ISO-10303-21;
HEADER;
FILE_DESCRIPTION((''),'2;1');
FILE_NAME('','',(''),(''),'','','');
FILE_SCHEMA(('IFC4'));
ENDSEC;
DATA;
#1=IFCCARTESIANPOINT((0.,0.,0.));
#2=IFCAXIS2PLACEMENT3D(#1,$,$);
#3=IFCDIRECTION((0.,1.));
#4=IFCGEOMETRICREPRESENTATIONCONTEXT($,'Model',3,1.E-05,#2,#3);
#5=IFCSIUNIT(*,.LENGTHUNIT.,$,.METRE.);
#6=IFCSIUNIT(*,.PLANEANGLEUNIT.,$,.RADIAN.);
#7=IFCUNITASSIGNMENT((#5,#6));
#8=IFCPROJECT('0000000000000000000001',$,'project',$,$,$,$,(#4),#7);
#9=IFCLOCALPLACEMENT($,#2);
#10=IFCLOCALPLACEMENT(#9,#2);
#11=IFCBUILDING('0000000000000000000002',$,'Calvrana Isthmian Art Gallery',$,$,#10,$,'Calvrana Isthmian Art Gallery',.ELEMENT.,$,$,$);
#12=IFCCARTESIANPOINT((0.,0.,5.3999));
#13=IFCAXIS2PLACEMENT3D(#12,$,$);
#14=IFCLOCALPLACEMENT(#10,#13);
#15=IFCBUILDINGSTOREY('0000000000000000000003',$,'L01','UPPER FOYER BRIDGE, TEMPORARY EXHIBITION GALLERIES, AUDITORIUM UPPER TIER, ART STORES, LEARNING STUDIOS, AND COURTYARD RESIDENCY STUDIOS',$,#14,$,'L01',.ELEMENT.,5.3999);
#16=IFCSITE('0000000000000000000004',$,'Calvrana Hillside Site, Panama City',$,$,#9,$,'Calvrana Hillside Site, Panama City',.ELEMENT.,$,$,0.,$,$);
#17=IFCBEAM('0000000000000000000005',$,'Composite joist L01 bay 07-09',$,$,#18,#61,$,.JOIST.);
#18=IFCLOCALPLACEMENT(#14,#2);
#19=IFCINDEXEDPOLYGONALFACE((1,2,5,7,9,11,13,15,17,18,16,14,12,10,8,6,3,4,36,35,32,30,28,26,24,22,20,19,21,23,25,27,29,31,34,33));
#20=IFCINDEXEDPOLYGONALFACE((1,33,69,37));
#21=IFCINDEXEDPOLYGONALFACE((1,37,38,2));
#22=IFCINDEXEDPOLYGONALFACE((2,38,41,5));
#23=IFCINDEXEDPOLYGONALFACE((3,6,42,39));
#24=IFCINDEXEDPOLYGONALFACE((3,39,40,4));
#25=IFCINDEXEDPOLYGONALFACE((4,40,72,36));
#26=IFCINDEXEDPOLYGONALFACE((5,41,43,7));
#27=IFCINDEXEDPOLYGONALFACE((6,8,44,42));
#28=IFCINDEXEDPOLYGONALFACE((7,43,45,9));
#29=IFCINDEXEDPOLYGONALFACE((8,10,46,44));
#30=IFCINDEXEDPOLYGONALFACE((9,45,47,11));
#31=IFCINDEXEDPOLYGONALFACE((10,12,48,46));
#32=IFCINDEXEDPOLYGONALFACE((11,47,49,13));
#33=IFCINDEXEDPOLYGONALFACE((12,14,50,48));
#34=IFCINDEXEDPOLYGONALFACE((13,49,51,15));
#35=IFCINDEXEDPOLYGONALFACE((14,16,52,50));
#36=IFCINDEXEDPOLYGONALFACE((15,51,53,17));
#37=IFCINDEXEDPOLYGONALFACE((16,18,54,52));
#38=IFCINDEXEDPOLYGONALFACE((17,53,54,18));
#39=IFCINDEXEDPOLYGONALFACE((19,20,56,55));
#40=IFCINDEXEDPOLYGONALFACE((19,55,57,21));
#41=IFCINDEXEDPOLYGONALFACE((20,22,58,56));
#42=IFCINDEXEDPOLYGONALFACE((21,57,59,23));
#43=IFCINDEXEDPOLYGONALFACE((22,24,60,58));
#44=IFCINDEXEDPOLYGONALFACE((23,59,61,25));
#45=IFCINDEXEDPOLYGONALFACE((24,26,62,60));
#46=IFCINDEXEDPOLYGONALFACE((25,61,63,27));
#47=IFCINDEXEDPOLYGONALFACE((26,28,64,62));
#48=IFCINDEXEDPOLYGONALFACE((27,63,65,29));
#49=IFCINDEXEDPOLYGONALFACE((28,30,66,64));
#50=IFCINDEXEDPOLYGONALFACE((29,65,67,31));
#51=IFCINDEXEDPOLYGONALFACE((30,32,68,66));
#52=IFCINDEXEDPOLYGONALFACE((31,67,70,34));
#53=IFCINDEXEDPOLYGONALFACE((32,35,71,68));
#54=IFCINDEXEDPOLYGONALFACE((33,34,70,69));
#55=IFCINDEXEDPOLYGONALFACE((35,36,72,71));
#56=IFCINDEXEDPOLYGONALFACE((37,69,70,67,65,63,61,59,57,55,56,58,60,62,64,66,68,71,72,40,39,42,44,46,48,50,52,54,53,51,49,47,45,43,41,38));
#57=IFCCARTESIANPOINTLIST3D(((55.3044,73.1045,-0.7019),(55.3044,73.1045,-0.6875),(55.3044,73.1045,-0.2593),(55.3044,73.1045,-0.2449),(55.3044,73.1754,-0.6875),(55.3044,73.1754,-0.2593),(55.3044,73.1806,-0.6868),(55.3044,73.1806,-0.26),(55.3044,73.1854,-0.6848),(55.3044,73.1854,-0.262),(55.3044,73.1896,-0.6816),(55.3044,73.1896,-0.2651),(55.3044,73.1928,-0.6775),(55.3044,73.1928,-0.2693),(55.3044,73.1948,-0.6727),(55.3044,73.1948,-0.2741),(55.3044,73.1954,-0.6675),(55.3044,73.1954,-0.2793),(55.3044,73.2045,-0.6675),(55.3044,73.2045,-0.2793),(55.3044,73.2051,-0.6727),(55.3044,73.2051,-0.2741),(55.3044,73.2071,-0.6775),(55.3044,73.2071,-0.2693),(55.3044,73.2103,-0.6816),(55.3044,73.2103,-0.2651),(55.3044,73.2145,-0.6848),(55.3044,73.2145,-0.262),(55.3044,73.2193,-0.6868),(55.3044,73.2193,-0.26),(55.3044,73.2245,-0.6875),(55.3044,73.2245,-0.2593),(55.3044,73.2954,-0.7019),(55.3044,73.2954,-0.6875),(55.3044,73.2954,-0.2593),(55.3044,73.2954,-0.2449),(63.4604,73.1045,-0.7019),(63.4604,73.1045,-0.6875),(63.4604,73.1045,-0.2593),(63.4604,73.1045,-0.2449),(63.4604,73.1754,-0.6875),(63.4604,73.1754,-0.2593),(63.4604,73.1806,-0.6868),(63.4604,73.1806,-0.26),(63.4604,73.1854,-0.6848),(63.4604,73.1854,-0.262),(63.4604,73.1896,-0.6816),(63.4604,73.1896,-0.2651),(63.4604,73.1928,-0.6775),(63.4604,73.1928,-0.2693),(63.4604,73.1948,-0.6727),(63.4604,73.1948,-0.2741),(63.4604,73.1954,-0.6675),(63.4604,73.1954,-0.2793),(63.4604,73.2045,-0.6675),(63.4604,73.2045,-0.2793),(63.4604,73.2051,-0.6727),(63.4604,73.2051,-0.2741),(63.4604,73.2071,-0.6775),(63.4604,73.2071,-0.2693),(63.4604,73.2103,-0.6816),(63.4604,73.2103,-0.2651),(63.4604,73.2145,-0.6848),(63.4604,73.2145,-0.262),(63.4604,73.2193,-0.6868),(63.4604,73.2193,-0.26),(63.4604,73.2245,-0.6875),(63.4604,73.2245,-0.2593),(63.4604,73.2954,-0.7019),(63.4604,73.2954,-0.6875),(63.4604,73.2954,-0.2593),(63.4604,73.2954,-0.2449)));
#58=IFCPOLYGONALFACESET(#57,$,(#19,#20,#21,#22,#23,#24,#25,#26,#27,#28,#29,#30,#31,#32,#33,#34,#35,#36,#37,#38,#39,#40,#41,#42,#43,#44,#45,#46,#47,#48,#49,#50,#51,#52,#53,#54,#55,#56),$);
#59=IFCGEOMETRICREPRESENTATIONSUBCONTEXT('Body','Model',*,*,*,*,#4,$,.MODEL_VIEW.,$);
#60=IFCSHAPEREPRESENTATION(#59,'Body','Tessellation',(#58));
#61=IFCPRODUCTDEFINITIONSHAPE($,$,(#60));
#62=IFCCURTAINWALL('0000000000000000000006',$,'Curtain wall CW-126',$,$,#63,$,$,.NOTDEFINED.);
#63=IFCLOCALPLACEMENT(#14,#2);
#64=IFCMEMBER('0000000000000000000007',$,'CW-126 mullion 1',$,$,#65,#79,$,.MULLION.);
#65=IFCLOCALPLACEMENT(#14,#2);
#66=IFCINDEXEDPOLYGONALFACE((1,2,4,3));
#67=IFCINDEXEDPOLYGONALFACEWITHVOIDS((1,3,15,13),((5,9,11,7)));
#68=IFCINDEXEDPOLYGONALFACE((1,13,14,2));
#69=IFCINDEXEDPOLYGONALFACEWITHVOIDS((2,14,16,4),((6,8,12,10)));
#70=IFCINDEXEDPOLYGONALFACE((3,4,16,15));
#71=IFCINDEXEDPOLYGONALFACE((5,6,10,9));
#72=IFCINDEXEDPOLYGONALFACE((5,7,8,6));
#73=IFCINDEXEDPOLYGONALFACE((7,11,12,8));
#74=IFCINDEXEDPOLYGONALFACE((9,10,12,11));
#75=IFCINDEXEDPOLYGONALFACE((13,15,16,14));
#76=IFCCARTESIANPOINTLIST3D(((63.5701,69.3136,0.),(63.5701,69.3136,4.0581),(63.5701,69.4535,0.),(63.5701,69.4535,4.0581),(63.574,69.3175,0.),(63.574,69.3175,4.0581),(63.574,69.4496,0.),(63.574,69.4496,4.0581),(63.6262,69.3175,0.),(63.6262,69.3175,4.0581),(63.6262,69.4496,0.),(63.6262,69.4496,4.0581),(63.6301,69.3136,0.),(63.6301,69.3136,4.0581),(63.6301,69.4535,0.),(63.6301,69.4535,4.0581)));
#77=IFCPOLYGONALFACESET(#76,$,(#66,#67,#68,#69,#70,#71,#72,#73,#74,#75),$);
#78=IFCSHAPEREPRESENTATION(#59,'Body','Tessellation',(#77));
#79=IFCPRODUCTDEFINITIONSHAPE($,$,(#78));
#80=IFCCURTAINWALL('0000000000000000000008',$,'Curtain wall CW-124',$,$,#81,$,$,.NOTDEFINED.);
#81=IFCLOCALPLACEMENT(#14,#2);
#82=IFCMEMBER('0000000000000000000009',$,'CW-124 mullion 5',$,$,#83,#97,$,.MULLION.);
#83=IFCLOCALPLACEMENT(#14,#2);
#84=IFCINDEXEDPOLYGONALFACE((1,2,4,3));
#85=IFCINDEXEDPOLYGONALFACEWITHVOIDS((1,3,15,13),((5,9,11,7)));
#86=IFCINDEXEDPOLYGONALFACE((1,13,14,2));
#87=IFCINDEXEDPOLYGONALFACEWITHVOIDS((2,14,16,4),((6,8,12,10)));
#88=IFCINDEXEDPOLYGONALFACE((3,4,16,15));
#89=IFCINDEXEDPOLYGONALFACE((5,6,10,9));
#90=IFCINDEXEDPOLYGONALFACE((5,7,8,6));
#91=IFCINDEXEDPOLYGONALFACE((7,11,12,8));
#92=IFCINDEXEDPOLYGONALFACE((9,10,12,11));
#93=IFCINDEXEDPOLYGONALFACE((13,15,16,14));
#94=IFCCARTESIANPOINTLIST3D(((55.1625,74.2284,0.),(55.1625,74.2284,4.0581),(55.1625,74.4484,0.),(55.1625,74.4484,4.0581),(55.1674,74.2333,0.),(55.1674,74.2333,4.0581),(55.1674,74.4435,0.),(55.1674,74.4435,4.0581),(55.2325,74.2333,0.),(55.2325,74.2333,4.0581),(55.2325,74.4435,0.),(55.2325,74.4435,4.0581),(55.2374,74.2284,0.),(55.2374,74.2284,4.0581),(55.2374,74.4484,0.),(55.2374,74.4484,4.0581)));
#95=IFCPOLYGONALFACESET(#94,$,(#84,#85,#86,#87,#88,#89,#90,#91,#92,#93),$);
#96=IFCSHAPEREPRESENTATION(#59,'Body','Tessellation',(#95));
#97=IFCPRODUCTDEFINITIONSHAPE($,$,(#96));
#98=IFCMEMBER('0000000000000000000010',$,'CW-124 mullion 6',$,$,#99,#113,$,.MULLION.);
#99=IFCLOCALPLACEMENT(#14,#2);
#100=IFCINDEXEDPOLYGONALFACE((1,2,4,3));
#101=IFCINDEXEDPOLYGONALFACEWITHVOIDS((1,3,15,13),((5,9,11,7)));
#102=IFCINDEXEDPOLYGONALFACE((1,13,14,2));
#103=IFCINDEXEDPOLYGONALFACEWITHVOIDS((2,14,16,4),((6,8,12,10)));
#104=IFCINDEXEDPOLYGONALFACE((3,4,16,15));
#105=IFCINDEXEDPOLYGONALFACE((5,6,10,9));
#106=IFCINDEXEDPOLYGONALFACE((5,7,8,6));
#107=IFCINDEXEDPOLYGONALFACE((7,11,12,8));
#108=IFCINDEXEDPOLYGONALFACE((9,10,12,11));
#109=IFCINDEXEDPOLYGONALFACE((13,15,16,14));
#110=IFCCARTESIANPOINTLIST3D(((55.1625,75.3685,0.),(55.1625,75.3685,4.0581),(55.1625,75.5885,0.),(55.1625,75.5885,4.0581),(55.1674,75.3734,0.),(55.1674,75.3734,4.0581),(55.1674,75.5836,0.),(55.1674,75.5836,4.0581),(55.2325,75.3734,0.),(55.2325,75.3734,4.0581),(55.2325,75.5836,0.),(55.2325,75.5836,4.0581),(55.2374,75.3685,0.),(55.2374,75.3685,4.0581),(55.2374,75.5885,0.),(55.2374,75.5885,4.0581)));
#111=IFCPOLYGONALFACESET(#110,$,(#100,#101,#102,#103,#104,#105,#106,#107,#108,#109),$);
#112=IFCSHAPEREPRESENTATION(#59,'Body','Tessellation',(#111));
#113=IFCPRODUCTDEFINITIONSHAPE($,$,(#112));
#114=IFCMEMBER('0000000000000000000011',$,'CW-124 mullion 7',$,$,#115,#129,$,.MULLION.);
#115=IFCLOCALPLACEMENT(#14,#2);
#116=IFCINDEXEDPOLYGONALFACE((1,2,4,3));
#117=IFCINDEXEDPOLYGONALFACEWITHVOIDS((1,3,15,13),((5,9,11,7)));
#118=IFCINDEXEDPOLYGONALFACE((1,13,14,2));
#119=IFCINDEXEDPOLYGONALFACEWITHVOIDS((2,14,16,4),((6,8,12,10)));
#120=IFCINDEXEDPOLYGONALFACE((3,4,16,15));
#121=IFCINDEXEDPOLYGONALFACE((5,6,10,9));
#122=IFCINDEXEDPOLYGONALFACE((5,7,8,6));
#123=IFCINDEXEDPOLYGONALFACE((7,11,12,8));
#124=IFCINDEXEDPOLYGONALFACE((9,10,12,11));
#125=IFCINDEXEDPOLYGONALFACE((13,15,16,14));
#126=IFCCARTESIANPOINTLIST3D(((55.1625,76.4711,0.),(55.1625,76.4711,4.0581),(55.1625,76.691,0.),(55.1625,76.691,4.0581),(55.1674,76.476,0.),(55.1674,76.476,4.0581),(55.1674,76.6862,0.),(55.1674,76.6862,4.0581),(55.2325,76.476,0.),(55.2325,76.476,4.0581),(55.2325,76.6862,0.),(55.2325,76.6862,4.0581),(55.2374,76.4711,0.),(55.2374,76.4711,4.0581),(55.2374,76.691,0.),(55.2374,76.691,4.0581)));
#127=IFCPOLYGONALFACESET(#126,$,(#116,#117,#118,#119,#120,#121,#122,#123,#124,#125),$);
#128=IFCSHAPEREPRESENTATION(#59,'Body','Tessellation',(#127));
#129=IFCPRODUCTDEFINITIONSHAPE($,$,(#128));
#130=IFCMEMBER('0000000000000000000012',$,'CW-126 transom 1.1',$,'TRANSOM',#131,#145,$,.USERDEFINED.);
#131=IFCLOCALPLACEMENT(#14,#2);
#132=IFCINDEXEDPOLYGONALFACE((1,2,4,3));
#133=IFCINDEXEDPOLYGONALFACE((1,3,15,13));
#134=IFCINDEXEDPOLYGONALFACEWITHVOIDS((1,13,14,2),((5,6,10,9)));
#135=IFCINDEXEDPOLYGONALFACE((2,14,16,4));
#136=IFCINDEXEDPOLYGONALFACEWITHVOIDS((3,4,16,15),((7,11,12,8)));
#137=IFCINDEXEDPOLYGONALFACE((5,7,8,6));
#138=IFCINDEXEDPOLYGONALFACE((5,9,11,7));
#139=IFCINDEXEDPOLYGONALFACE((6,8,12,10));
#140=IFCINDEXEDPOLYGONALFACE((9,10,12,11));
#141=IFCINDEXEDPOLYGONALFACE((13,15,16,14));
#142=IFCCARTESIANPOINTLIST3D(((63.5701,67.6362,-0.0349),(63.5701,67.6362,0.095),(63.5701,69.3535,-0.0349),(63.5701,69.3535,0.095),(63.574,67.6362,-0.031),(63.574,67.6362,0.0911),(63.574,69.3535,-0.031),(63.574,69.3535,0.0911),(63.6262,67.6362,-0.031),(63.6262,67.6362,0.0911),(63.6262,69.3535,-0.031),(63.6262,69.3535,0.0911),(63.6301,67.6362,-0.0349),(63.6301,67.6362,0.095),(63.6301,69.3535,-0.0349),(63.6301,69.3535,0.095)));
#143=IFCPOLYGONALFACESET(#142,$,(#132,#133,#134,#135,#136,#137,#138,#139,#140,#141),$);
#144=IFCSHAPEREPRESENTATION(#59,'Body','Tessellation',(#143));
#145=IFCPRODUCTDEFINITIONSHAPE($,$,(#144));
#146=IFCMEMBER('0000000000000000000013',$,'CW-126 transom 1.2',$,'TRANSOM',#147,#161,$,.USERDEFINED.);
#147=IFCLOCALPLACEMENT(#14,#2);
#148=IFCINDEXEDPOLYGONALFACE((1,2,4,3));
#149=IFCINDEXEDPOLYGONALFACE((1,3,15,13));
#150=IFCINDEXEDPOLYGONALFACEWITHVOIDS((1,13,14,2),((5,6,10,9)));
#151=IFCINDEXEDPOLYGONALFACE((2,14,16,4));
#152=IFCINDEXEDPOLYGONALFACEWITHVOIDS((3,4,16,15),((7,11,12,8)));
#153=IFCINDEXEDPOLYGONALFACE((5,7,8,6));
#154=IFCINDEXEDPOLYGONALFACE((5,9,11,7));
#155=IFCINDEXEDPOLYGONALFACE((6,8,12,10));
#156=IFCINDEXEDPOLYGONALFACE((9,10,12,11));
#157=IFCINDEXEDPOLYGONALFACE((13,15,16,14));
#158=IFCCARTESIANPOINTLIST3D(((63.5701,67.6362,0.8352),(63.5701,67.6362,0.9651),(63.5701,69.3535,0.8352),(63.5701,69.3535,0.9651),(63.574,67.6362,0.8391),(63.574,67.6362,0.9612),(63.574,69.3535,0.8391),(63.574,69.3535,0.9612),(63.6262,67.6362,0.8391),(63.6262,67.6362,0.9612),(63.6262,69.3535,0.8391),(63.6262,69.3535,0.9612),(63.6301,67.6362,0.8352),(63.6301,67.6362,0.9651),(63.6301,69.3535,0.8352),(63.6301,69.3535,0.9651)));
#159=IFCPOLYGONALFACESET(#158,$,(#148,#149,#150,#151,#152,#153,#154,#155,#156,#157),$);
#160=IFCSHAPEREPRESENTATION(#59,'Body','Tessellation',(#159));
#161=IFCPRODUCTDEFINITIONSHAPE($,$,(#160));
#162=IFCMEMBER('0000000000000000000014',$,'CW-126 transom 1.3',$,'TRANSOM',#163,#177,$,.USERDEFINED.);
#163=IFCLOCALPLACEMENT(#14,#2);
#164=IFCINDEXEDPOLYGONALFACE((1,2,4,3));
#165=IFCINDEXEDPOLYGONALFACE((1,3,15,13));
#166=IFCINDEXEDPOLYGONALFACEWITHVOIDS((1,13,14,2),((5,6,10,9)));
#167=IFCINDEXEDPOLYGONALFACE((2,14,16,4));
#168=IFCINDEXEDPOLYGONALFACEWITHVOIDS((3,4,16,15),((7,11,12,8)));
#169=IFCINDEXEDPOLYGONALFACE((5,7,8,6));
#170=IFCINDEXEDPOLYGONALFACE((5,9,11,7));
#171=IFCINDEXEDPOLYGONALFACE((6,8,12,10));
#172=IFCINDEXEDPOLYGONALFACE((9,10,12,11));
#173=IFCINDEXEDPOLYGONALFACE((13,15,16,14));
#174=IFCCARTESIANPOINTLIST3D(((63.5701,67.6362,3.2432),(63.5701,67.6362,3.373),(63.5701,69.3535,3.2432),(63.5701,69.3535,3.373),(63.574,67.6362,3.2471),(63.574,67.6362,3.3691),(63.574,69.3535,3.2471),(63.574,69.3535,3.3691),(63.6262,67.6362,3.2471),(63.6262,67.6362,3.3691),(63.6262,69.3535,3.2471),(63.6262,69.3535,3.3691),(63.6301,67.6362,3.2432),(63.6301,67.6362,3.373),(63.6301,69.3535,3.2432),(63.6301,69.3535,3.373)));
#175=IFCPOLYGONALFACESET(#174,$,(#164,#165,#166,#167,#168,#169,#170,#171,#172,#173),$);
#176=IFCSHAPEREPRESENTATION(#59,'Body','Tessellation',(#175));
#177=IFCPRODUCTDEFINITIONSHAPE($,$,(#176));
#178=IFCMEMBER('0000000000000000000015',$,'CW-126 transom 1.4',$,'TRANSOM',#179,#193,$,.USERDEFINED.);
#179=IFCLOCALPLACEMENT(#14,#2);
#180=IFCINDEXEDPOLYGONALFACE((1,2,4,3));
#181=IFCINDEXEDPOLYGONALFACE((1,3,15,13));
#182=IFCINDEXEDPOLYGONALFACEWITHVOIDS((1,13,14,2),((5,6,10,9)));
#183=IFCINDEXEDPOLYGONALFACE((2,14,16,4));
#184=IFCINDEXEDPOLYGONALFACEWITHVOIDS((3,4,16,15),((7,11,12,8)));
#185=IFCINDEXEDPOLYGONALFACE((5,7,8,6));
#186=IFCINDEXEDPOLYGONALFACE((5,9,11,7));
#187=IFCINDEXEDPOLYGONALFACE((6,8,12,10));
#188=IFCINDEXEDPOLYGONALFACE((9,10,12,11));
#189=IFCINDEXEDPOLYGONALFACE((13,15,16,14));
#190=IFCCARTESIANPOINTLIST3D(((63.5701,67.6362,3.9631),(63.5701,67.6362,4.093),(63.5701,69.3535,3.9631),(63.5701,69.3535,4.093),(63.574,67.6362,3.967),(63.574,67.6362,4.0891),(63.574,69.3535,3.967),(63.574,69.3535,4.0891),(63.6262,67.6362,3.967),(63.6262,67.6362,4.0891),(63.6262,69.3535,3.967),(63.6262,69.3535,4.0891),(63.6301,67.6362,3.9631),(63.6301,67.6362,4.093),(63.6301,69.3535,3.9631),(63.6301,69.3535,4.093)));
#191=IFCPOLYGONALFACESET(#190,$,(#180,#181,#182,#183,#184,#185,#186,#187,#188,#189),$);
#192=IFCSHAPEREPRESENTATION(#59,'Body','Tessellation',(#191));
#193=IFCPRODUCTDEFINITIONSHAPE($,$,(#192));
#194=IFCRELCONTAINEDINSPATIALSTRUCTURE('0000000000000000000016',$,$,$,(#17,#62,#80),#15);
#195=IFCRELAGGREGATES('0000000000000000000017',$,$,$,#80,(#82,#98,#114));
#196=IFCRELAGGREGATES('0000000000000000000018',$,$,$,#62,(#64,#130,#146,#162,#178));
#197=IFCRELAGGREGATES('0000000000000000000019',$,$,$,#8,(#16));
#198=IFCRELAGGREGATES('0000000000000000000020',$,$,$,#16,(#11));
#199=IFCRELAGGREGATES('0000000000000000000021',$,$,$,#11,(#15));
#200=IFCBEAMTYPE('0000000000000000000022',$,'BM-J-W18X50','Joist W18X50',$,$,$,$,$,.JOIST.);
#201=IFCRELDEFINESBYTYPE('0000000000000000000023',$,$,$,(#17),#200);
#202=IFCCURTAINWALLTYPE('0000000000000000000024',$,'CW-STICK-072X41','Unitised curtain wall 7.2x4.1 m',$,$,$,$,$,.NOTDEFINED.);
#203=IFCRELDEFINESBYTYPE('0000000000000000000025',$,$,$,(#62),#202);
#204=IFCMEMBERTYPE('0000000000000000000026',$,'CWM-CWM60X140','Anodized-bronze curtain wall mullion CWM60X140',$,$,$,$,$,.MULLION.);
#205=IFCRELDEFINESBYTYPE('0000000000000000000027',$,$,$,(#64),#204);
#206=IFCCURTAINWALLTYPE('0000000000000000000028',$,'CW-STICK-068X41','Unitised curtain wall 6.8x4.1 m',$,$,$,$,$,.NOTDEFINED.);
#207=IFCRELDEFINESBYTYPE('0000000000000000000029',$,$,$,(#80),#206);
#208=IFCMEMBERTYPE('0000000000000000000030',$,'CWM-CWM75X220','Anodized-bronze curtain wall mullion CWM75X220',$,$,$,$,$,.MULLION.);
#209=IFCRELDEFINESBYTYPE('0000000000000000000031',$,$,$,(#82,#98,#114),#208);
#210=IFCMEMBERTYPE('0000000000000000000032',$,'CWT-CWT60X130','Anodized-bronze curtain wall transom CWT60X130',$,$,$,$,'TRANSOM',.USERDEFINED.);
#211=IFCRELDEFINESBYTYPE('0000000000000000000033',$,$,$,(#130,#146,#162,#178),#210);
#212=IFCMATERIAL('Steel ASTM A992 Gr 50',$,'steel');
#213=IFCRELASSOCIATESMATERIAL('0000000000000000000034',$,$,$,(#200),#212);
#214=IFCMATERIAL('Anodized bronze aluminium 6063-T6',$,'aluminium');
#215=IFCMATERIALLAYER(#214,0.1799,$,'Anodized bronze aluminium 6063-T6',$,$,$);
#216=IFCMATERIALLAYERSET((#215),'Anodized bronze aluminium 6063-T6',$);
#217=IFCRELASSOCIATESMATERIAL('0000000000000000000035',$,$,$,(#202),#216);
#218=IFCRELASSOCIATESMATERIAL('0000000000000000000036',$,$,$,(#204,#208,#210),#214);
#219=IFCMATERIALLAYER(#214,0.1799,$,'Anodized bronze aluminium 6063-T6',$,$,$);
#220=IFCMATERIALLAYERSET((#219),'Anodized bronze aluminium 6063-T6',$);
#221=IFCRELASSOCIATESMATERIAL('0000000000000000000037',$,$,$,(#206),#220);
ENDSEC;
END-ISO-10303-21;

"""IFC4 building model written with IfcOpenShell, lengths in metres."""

from ifc_helpers import new_model, si_unit, direction, frame, origin, origin_2d, place, context, subcontext, project, spatial, hollow_rectangle, i_section, extrude, material, layer, layer_set, material_profile, profile_set, type_object, element, aggregate, save


model = new_model("IFC4")

# Units and contexts
model_context = context("Model", 3, precision=1e-05, world=origin(), true_north=direction((0.0, 1.0)))
body_context = subcontext(model_context, "Body", "Model", "MODEL_VIEW")
ifc_project = project(units=[si_unit("LENGTHUNIT", "METRE"), si_unit("PLANEANGLEUNIT", "RADIAN")], contexts=[model_context])

# Site, building, storey
site_placement = place(None, origin())
site = spatial("IfcSite", under=ifc_project, at=site_placement, Name="Calvrana Hillside Site, Panama City", LongName="Calvrana Hillside Site, Panama City", CompositionType="ELEMENT", RefElevation=0.0)
building_placement = place(site_placement, origin())
building = spatial("IfcBuilding", under=site, at=building_placement, Name="Calvrana Isthmian Art Gallery", LongName="Calvrana Isthmian Art Gallery", CompositionType="ELEMENT")
storey_placement = place(building_placement, frame((0.0, 0.0, 5.3999)))
storey = spatial("IfcBuildingStorey", under=building, at=storey_placement, Name="L01", Description="UPPER FOYER BRIDGE, TEMPORARY EXHIBITION GALLERIES, AUDITORIUM UPPER TIER, ART STORES, LEARNING STUDIOS, AND COURTYARD RESIDENCY STUDIOS", LongName="L01", CompositionType="ELEMENT", Elevation=5.3999)

# Shared definitions
ifc_material_1 = material(Name="Steel ASTM A992 Gr 50", Category="steel")

# Beam
ifc_material_profile_1 = material_profile(ifc_material_1, i_section(OverallWidth=0.1909, OverallDepth=0.457, WebThickness=0.009, FlangeThickness=0.0144, FilletRadius=0.02, at=origin_2d()), Name="W18X50")
ifc_profile_set_1 = profile_set([ifc_material_profile_1], Name="Steel ASTM A992 Gr 50")
beam_type_1 = type_object("IfcBeamType", Name="BM-J-W18X50", Description="Joist W18X50", PredefinedType="JOIST", material=ifc_profile_set_1)
beam_1_placement = place(storey_placement, frame((55.3044, 73.2, -0.4734), z_axis=(1.0, 0.0, 0.0), x_axis=(0.0, 1.0, 0.0)))
element("IfcBeam", 1, at=beam_1_placement, inside=storey, type_object=beam_type_1, Name="Composite joist L01 bay 07-09", PredefinedType="JOIST", context=body_context, shape_type="SweptSolid", body=[
    extrude(i_section(OverallWidth=0.1909, OverallDepth=0.457, WebThickness=0.009, FlangeThickness=0.0144, FilletRadius=0.02, at=origin_2d()), origin(), (0.0, 0.0, 1.0), 8.156),
])

# Curtain wall, member
ifc_material_2 = material(Name="Anodized bronze aluminium 6063-T6", Category="aluminium")
ifc_layer_1 = layer(ifc_material_2, 0.1799, Name="Anodized bronze aluminium 6063-T6")
ifc_layer_set_1 = layer_set([ifc_layer_1], Name="Anodized bronze aluminium 6063-T6")
curtain_wall_type_1 = type_object("IfcCurtainWallType", Name="CW-STICK-072X41", Description="Unitised curtain wall 7.2x4.1 m", PredefinedType="NOTDEFINED", material=ifc_layer_set_1)
curtain_wall_1_placement = place(storey_placement, origin())
curtain_wall_1 = element("IfcCurtainWall", 2, at=curtain_wall_1_placement, inside=storey, type_object=curtain_wall_type_1, Name="Curtain wall CW-126", PredefinedType="NOTDEFINED")
ifc_material_profile_2 = material_profile(ifc_material_2, hollow_rectangle(XDim=0.0601, YDim=0.1399, WallThickness=0.0039, at=origin_2d()), Name="CWM60X140")
ifc_profile_set_2 = profile_set([ifc_material_profile_2], Name="Anodized bronze aluminium 6063-T6")
member_type_1 = type_object("IfcMemberType", Name="CWM-CWM60X140", Description="Anodized-bronze curtain wall mullion CWM60X140", PredefinedType="MULLION", material=ifc_profile_set_2)
member_1_placement = place(storey_placement, frame((63.6001, 69.3835, 0.0), z_axis=(0.0, 0.0, 1.0), x_axis=(1.0, 0.0, 0.0)))
member_1 = element("IfcMember", 3, at=member_1_placement, type_object=member_type_1, Name="CW-126 mullion 1", PredefinedType="MULLION", context=body_context, shape_type="SweptSolid", body=[
    extrude(hollow_rectangle(XDim=0.0601, YDim=0.1399, WallThickness=0.0039, at=origin_2d()), origin(), (0.0, 0.0, 1.0), 4.0581),
])

# Curtain wall, members
ifc_layer_2 = layer(ifc_material_2, 0.1799, Name="Anodized bronze aluminium 6063-T6")
ifc_layer_set_2 = layer_set([ifc_layer_2], Name="Anodized bronze aluminium 6063-T6")
curtain_wall_type_2 = type_object("IfcCurtainWallType", Name="CW-STICK-068X41", Description="Unitised curtain wall 6.8x4.1 m", PredefinedType="NOTDEFINED", material=ifc_layer_set_2)
curtain_wall_2_placement = place(storey_placement, origin())
curtain_wall_2 = element("IfcCurtainWall", 4, at=curtain_wall_2_placement, inside=storey, type_object=curtain_wall_type_2, Name="Curtain wall CW-124", PredefinedType="NOTDEFINED")
ifc_material_profile_3 = material_profile(ifc_material_2, hollow_rectangle(XDim=0.075, YDim=0.22, WallThickness=0.0049, at=origin_2d()), Name="CWM75X220")
ifc_profile_set_3 = profile_set([ifc_material_profile_3], Name="Anodized bronze aluminium 6063-T6")
member_type_2 = type_object("IfcMemberType", Name="CWM-CWM75X220", Description="Anodized-bronze curtain wall mullion CWM75X220", PredefinedType="MULLION", material=ifc_profile_set_3)
member_2_placement = place(storey_placement, frame((55.2, 74.3384, 0.0), z_axis=(0.0, 0.0, 1.0), x_axis=(-1.0, 0.0, 0.0)))
member_2 = element("IfcMember", 5, at=member_2_placement, type_object=member_type_2, Name="CW-124 mullion 5", PredefinedType="MULLION", context=body_context, shape_type="SweptSolid", body=[
    extrude(hollow_rectangle(XDim=0.075, YDim=0.22, WallThickness=0.0049, at=origin_2d()), origin(), (0.0, 0.0, 1.0), 4.0581),
])
member_3_placement = place(storey_placement, frame((55.2, 75.4785, 0.0), z_axis=(0.0, 0.0, 1.0), x_axis=(-1.0, 0.0, 0.0)))
member_3 = element("IfcMember", 6, at=member_3_placement, type_object=member_type_2, Name="CW-124 mullion 6", PredefinedType="MULLION", context=body_context, shape_type="SweptSolid", body=[
    extrude(hollow_rectangle(XDim=0.075, YDim=0.22, WallThickness=0.0049, at=origin_2d()), origin(), (0.0, 0.0, 1.0), 4.0581),
])
member_4_placement = place(storey_placement, frame((55.2, 76.5811, 0.0), z_axis=(0.0, 0.0, 1.0), x_axis=(-1.0, 0.0, 0.0)))
member_4 = element("IfcMember", 7, at=member_4_placement, type_object=member_type_2, Name="CW-124 mullion 7", PredefinedType="MULLION", context=body_context, shape_type="SweptSolid", body=[
    extrude(hollow_rectangle(XDim=0.075, YDim=0.22, WallThickness=0.0049, at=origin_2d()), origin(), (0.0, 0.0, 1.0), 4.0581),
])

# Members
ifc_material_profile_4 = material_profile(ifc_material_2, hollow_rectangle(XDim=0.0601, YDim=0.1299, WallThickness=0.0039, at=origin_2d()), Name="CWT60X130")
ifc_profile_set_4 = profile_set([ifc_material_profile_4], Name="Anodized bronze aluminium 6063-T6")
member_type_3 = type_object("IfcMemberType", Name="CWT-CWT60X130", Description="Anodized-bronze curtain wall transom CWT60X130", ElementType="TRANSOM", PredefinedType="USERDEFINED", material=ifc_profile_set_4)
member_5_placement = place(storey_placement, frame((63.6001, 69.3535, 0.03), z_axis=(0.0, -1.0, 0.0), x_axis=(1.0, 0.0, 0.0)))
member_5 = element("IfcMember", 8, at=member_5_placement, type_object=member_type_3, Name="CW-126 transom 1.1", ObjectType="TRANSOM", PredefinedType="USERDEFINED", context=body_context, shape_type="SweptSolid", body=[
    extrude(hollow_rectangle(XDim=0.0601, YDim=0.1299, WallThickness=0.0039, at=origin_2d()), origin(), (0.0, 0.0, 1.0), 1.7173),
])
member_6_placement = place(storey_placement, frame((63.6001, 69.3535, 0.9001), z_axis=(0.0, -1.0, 0.0), x_axis=(1.0, 0.0, 0.0)))
member_6 = element("IfcMember", 9, at=member_6_placement, type_object=member_type_3, Name="CW-126 transom 1.2", ObjectType="TRANSOM", PredefinedType="USERDEFINED", context=body_context, shape_type="SweptSolid", body=[
    extrude(hollow_rectangle(XDim=0.0601, YDim=0.1299, WallThickness=0.0039, at=origin_2d()), origin(), (0.0, 0.0, 1.0), 1.7173),
])
member_7_placement = place(storey_placement, frame((63.6001, 69.3535, 3.3081), z_axis=(0.0, -1.0, 0.0), x_axis=(1.0, 0.0, 0.0)))
member_7 = element("IfcMember", 10, at=member_7_placement, type_object=member_type_3, Name="CW-126 transom 1.3", ObjectType="TRANSOM", PredefinedType="USERDEFINED", context=body_context, shape_type="SweptSolid", body=[
    extrude(hollow_rectangle(XDim=0.0601, YDim=0.1299, WallThickness=0.0039, at=origin_2d()), origin(), (0.0, 0.0, 1.0), 1.7173),
])
member_8_placement = place(storey_placement, frame((63.6001, 69.3535, 4.0281), z_axis=(0.0, -1.0, 0.0), x_axis=(1.0, 0.0, 0.0)))
member_8 = element("IfcMember", 11, at=member_8_placement, type_object=member_type_3, Name="CW-126 transom 1.4", ObjectType="TRANSOM", PredefinedType="USERDEFINED", context=body_context, shape_type="SweptSolid", body=[
    extrude(hollow_rectangle(XDim=0.0601, YDim=0.1299, WallThickness=0.0039, at=origin_2d()), origin(), (0.0, 0.0, 1.0), 1.7173),
])

aggregate(curtain_wall_2, [member_2, member_3, member_4])
aggregate(curtain_wall_1, [member_1, member_5, member_6, member_7, member_8])

save(model, "model.ifc")
